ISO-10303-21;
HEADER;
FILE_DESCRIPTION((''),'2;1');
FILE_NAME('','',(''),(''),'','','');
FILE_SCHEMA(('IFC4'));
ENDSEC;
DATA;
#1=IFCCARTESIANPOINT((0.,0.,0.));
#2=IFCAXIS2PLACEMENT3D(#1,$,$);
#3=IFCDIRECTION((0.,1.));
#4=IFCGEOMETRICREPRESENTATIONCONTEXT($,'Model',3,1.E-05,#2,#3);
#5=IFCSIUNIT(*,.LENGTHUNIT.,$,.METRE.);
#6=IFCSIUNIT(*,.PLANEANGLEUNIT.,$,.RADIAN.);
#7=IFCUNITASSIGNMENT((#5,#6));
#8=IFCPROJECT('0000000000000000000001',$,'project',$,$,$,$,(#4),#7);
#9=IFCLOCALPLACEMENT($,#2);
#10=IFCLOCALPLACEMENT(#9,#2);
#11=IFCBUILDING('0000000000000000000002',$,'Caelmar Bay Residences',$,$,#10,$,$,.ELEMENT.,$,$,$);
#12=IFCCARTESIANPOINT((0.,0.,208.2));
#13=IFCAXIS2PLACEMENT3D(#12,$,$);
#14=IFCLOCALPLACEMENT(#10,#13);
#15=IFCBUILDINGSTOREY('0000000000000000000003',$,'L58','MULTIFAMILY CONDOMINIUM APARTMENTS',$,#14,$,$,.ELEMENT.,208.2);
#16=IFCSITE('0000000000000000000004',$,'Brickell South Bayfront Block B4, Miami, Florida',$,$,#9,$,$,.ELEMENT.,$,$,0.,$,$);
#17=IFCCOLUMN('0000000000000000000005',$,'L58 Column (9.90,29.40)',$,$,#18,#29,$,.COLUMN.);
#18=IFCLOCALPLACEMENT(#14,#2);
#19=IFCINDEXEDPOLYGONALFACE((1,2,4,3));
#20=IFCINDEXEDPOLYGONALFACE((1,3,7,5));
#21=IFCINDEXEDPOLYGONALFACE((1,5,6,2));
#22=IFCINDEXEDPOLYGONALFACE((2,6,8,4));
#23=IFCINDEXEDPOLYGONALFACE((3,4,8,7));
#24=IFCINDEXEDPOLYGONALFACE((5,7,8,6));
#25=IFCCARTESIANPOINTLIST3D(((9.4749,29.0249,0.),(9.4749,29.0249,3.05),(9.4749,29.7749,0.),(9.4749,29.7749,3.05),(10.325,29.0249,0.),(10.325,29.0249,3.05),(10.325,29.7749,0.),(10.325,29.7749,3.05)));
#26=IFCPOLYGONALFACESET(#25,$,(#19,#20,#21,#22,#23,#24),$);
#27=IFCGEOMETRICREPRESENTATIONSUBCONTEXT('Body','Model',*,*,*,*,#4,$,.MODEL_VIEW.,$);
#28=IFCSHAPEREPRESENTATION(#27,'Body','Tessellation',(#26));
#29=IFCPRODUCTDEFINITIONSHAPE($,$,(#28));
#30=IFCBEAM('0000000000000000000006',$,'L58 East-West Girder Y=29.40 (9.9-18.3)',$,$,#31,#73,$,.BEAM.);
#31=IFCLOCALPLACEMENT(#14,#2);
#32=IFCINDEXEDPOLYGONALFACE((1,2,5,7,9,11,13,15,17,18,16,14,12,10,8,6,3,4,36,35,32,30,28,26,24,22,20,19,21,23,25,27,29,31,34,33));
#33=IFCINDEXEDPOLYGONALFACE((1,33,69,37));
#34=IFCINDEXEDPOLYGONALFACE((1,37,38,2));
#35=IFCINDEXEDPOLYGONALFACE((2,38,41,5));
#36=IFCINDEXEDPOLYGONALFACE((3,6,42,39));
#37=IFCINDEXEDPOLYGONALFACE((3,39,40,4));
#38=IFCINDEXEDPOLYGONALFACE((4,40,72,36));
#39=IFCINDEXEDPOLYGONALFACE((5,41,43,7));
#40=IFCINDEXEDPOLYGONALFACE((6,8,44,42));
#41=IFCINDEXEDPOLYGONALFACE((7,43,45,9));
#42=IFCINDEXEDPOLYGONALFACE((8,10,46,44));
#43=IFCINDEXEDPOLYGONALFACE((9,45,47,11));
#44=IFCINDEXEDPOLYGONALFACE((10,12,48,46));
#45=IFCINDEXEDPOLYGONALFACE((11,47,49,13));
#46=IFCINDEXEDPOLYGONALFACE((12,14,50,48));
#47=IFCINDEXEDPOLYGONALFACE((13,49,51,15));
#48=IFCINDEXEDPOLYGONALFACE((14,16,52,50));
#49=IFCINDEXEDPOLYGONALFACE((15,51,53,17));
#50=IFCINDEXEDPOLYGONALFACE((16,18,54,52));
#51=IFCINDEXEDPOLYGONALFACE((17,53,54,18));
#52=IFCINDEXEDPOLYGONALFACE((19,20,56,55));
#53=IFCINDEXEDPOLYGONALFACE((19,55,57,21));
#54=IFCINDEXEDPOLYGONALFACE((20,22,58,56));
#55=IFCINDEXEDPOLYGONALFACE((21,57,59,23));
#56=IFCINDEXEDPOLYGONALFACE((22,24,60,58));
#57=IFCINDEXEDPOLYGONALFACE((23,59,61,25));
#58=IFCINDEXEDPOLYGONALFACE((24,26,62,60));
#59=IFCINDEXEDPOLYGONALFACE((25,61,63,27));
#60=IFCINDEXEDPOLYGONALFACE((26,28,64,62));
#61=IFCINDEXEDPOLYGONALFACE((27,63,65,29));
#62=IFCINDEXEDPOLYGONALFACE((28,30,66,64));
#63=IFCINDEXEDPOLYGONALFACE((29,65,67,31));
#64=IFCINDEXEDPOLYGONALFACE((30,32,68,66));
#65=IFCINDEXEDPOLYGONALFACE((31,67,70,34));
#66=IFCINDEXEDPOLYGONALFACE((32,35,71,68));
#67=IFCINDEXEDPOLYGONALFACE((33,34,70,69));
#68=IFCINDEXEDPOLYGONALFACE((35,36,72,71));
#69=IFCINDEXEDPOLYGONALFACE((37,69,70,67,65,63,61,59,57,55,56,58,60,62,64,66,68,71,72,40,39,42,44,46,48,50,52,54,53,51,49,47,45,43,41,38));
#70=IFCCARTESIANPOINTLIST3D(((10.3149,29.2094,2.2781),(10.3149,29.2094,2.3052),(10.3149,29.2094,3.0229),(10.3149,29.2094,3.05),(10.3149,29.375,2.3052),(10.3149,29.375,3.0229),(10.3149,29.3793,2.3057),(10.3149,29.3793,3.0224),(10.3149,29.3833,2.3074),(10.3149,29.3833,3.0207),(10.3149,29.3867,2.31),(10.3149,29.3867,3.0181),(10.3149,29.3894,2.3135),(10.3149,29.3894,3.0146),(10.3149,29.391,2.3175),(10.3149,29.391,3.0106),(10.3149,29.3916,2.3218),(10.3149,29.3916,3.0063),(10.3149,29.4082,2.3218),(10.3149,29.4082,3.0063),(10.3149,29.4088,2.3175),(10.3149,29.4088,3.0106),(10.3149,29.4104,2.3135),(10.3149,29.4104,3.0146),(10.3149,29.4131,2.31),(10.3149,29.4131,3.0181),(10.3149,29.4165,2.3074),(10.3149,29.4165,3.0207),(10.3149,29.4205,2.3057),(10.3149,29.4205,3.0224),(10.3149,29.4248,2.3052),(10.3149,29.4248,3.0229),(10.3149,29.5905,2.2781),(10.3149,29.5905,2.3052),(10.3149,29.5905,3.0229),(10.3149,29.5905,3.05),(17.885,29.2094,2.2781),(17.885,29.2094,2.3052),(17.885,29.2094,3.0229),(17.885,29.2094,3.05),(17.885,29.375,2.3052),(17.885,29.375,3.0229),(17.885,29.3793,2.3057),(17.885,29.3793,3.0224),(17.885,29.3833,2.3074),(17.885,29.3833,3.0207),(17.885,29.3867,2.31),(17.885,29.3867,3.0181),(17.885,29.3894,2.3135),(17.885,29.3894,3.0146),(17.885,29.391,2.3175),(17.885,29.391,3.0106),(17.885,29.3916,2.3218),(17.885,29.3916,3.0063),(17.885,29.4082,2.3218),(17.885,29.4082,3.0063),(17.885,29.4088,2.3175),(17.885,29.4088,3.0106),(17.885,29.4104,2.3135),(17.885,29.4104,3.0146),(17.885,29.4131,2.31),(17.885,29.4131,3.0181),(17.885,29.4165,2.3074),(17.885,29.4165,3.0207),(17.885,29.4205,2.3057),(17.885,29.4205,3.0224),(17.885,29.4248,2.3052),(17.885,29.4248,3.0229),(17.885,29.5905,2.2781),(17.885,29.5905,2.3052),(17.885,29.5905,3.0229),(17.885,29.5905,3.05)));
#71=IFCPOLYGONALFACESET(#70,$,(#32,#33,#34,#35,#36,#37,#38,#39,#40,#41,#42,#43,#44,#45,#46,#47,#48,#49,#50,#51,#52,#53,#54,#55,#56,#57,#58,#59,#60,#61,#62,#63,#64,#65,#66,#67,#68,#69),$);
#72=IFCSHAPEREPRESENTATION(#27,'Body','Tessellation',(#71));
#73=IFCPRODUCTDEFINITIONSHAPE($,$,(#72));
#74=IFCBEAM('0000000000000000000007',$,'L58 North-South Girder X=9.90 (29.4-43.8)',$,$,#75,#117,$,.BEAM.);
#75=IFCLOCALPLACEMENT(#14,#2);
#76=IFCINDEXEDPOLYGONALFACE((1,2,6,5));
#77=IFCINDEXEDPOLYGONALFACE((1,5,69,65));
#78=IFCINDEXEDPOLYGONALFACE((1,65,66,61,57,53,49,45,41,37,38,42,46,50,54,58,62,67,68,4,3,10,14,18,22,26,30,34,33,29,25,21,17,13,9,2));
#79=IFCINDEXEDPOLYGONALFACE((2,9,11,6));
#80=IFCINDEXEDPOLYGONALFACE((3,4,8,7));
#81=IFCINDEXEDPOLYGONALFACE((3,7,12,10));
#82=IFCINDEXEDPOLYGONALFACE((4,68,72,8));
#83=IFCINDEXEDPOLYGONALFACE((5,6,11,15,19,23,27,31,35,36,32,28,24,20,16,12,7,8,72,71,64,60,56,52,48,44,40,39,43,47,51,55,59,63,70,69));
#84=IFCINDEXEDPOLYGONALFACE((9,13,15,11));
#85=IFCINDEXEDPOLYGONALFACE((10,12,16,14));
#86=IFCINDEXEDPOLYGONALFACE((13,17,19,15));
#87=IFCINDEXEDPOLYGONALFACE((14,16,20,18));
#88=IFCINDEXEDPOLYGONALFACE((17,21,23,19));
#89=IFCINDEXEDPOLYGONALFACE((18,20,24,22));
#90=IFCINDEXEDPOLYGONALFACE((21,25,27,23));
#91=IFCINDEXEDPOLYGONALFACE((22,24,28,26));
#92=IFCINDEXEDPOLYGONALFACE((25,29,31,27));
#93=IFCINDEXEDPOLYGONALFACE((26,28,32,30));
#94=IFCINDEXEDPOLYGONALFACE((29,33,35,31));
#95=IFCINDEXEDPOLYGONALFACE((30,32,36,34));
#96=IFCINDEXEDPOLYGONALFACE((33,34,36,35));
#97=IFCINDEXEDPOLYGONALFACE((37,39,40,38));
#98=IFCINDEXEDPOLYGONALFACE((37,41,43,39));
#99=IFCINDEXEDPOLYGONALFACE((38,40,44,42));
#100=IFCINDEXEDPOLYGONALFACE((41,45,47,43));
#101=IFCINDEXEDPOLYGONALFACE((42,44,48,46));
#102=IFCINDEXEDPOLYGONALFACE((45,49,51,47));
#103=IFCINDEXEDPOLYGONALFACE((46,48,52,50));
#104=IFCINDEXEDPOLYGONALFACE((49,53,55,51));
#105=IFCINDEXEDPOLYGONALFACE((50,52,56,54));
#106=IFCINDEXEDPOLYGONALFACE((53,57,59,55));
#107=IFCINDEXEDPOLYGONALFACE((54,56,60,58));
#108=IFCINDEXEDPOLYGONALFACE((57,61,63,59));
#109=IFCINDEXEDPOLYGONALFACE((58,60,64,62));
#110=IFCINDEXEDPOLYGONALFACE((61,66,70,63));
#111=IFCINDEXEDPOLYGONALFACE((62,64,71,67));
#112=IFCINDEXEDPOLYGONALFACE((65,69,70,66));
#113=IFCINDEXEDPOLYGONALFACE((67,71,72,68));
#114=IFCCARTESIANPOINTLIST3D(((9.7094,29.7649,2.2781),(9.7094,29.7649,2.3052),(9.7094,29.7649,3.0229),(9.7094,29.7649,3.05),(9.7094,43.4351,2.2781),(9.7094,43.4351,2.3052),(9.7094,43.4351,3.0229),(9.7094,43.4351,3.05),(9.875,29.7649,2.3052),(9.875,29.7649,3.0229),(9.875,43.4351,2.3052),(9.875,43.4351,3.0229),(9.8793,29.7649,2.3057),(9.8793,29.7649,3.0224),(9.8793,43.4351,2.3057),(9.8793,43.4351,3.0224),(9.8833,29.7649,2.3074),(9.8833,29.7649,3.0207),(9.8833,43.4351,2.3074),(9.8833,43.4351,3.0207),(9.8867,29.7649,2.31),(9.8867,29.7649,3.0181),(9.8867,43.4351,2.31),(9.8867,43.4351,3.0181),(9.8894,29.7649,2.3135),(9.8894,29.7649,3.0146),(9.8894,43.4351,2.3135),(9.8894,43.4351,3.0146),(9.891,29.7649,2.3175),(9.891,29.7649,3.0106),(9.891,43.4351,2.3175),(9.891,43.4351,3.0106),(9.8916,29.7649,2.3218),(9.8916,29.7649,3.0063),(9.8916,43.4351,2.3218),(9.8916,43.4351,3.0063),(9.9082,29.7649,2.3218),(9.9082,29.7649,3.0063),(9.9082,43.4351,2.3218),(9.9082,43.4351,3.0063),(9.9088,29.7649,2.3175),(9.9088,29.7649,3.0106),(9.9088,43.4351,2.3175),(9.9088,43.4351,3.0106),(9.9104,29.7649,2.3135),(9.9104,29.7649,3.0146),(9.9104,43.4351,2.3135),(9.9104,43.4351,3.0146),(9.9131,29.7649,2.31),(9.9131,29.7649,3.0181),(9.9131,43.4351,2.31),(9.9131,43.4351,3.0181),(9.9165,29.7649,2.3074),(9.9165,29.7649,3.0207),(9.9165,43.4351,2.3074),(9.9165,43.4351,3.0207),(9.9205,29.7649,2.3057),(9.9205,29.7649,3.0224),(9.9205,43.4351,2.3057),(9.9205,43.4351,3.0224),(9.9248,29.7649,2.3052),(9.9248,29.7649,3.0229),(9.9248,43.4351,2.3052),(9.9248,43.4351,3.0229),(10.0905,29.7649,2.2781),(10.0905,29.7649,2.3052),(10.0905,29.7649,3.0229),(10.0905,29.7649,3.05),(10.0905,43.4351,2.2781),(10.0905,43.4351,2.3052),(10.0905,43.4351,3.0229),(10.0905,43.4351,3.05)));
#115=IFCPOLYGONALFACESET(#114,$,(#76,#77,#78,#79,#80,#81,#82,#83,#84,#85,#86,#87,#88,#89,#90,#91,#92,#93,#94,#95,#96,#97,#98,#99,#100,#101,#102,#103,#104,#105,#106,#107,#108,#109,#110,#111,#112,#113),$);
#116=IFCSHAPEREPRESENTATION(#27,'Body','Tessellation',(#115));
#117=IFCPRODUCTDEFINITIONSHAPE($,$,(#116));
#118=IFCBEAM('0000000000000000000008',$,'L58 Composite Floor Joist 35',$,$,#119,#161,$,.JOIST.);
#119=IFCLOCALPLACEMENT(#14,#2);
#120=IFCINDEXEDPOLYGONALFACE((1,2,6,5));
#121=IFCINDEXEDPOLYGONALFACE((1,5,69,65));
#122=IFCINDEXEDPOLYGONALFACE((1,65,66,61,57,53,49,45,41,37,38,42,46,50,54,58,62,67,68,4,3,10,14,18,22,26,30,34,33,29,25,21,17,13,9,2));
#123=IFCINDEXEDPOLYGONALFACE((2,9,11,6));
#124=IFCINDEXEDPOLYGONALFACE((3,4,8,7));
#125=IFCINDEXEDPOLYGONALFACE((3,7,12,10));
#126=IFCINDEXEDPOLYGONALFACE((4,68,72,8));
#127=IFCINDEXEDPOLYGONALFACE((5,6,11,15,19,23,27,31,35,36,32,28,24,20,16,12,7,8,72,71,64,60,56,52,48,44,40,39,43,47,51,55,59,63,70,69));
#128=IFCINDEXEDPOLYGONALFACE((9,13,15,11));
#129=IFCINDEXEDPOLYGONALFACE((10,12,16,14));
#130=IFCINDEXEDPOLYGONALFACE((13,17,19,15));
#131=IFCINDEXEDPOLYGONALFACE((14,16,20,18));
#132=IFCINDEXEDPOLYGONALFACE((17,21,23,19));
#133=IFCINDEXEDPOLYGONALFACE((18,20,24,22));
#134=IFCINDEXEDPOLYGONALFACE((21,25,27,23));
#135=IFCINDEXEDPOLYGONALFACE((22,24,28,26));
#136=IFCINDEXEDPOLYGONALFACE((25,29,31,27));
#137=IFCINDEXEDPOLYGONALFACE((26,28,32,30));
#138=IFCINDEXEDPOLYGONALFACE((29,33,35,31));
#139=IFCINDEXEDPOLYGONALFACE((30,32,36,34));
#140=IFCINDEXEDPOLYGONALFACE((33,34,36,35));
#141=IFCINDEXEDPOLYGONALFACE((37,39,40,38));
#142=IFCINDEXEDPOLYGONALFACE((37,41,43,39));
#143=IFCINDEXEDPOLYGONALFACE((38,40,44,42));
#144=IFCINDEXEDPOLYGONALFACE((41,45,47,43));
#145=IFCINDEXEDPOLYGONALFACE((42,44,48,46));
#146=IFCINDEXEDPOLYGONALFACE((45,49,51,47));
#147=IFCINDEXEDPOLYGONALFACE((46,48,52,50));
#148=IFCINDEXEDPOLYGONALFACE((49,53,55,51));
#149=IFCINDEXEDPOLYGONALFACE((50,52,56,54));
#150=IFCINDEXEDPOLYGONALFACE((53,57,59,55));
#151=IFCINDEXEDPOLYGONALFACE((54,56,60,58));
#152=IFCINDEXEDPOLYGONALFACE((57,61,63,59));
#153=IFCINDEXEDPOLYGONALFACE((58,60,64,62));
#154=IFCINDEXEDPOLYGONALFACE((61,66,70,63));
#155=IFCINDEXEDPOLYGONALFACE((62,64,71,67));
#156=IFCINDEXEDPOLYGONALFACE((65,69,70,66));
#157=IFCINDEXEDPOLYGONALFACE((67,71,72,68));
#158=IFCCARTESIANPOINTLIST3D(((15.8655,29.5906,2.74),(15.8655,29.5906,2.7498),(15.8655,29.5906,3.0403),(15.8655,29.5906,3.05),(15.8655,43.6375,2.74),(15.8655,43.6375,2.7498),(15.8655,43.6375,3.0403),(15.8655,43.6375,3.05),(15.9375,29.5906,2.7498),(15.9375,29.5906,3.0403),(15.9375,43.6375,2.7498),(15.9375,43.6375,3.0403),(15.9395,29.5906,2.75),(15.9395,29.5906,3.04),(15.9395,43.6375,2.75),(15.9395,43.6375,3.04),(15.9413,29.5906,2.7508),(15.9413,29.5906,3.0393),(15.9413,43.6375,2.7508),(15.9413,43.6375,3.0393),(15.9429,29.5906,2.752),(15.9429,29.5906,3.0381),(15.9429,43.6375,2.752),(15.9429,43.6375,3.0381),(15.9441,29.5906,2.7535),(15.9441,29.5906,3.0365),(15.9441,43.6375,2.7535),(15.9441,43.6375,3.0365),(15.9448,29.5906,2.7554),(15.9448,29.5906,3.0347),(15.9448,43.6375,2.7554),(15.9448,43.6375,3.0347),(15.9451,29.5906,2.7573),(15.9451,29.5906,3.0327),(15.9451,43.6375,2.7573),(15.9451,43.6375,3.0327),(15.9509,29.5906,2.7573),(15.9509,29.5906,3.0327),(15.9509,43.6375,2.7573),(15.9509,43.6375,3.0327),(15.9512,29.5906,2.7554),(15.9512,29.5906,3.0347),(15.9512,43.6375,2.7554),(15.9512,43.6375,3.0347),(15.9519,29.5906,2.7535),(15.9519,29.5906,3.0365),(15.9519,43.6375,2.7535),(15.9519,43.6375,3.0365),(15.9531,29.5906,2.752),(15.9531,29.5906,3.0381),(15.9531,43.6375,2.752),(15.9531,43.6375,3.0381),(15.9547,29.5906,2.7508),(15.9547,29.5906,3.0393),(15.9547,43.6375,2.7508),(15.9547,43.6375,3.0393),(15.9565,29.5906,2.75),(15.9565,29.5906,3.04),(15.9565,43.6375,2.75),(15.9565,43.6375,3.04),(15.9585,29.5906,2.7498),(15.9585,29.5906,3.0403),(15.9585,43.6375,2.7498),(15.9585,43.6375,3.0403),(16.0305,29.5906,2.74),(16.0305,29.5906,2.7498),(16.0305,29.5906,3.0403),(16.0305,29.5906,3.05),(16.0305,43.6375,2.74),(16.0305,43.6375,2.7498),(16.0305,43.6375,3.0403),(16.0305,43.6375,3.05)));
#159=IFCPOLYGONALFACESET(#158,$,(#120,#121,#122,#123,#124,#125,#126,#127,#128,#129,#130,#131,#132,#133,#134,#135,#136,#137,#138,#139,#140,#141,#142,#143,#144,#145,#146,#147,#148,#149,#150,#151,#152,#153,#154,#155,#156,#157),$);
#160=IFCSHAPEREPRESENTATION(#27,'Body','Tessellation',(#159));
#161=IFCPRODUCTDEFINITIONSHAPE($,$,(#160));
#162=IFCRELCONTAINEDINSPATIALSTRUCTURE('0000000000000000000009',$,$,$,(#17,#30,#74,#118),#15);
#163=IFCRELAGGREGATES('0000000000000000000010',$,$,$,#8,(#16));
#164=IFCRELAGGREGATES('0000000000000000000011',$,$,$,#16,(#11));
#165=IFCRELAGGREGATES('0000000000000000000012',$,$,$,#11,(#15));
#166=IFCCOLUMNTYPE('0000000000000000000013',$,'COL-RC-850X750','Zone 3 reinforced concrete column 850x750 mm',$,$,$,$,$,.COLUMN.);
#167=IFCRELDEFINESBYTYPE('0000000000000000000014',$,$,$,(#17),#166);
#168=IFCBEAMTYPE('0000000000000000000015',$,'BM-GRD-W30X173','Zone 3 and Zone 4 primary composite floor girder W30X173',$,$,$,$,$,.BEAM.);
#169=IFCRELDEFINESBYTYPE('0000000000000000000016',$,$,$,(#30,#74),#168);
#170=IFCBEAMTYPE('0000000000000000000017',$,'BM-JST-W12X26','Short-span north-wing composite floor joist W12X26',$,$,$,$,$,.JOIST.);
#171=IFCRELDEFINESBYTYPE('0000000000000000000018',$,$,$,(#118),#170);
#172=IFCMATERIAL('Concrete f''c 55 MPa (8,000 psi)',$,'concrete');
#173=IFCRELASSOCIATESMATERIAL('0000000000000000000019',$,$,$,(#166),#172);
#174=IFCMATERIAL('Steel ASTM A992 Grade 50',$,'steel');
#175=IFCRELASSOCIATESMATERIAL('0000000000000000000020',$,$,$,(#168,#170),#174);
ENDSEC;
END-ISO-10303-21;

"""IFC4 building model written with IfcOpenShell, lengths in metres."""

from ifc_helpers import new_model, si_unit, direction, frame, origin, origin_2d, place, context, subcontext, project, spatial, rectangle, i_section, extrude, material, material_profile, profile_set, type_object, element, save


model = new_model("IFC4")

# Units and contexts
model_context = context("Model", 3, precision=1e-05, world=origin(), true_north=direction((0.0, 1.0)))
body_context = subcontext(model_context, "Body", "Model", "MODEL_VIEW")
ifc_project = project(units=[si_unit("LENGTHUNIT", "METRE"), si_unit("PLANEANGLEUNIT", "RADIAN")], contexts=[model_context])

# Site, building, storey
site_placement = place(None, origin())
site = spatial("IfcSite", under=ifc_project, at=site_placement, Name="Brickell South Bayfront Block B4, Miami, Florida", CompositionType="ELEMENT", RefElevation=0.0)
building_placement = place(site_placement, origin())
building = spatial("IfcBuilding", under=site, at=building_placement, Name="Caelmar Bay Residences", CompositionType="ELEMENT")
storey_placement = place(building_placement, frame((0.0, 0.0, 208.2)))
storey = spatial("IfcBuildingStorey", under=building, at=storey_placement, Name="L58", Description="MULTIFAMILY CONDOMINIUM APARTMENTS", CompositionType="ELEMENT", Elevation=208.2)

# Column
ifc_material_1 = material(Name="Concrete f'c 55 MPa (8,000 psi)", Category="concrete")
ifc_material_profile_1 = material_profile(ifc_material_1, rectangle(XDim=0.8501, YDim=0.75, at=origin_2d()), Name="RC-COL-850X750")
ifc_profile_set_1 = profile_set([ifc_material_profile_1], Name="Concrete f'c 55 MPa (8,000 psi)")
column_type = type_object("IfcColumnType", Name="COL-RC-850X750", Description="Zone 3 reinforced concrete column 850x750 mm", PredefinedType="COLUMN", material=ifc_profile_set_1)
column_placement = place(storey_placement, frame((9.8999, 29.3999, 0.0), z_axis=(0.0, 0.0, 1.0), x_axis=(1.0, 0.0, 0.0)))
element("IfcColumn", 1, at=column_placement, inside=storey, type_object=column_type, Name="L58 Column (9.90,29.40)", PredefinedType="COLUMN", context=body_context, shape_type="SweptSolid", body=[
    extrude(rectangle(XDim=0.8501, YDim=0.75, at=origin_2d()), origin(), (0.0, 0.0, 1.0), 3.05),
])

# Beams
ifc_material_2 = material(Name="Steel ASTM A992 Grade 50", Category="steel")
ifc_material_profile_2 = material_profile(ifc_material_2, i_section(OverallWidth=0.3811, OverallDepth=0.772, WebThickness=0.0166, FlangeThickness=0.0271, FilletRadius=0.0166, at=origin_2d()), Name="W30X173")
ifc_profile_set_2 = profile_set([ifc_material_profile_2], Name="Steel ASTM A992 Grade 50")
beam_type_1 = type_object("IfcBeamType", Name="BM-GRD-W30X173", Description="Zone 3 and Zone 4 primary composite floor girder W30X173", PredefinedType="BEAM", material=ifc_profile_set_2)
beam_1_placement = place(storey_placement, frame((10.3149, 29.3999, 2.6641), z_axis=(1.0, 0.0, 0.0), x_axis=(0.0, 1.0, 0.0)))
element("IfcBeam", 2, at=beam_1_placement, inside=storey, type_object=beam_type_1, Name="L58 East-West Girder Y=29.40 (9.9-18.3)", PredefinedType="BEAM", context=body_context, shape_type="SweptSolid", body=[
    extrude(i_section(OverallWidth=0.3811, OverallDepth=0.772, WebThickness=0.0166, FlangeThickness=0.0271, FilletRadius=0.0166, at=origin_2d()), origin(), (0.0, 0.0, 1.0), 7.5701),
])
beam_2_placement = place(storey_placement, frame((9.8999, 29.7649, 2.6641), z_axis=(0.0, 1.0, 0.0), x_axis=(-1.0, 0.0, 0.0)))
element("IfcBeam", 3, at=beam_2_placement, inside=storey, type_object=beam_type_1, Name="L58 North-South Girder X=9.90 (29.4-43.8)", PredefinedType="BEAM", context=body_context, shape_type="SweptSolid", body=[
    extrude(i_section(OverallWidth=0.3811, OverallDepth=0.772, WebThickness=0.0166, FlangeThickness=0.0271, FilletRadius=0.0166, at=origin_2d()), origin(), (0.0, 0.0, 1.0), 13.6702),
])
ifc_material_profile_3 = material_profile(ifc_material_2, i_section(OverallWidth=0.165, OverallDepth=0.3101, WebThickness=0.0059, FlangeThickness=0.0098, FilletRadius=0.0076, at=origin_2d()), Name="W12X26")
ifc_profile_set_3 = profile_set([ifc_material_profile_3], Name="Steel ASTM A992 Grade 50")
beam_type_2 = type_object("IfcBeamType", Name="BM-JST-W12X26", Description="Short-span north-wing composite floor joist W12X26", PredefinedType="JOIST", material=ifc_profile_set_3)
beam_3_placement = place(storey_placement, frame((15.948, 29.5906, 2.895), z_axis=(0.0, 1.0, 0.0), x_axis=(-1.0, 0.0, 0.0)))
element("IfcBeam", 4, at=beam_3_placement, inside=storey, type_object=beam_type_2, Name="L58 Composite Floor Joist 35", PredefinedType="JOIST", context=body_context, shape_type="SweptSolid", body=[
    extrude(i_section(OverallWidth=0.165, OverallDepth=0.3101, WebThickness=0.0059, FlangeThickness=0.0098, FilletRadius=0.0076, at=origin_2d()), origin(), (0.0, 0.0, 1.0), 14.0469),
])

save(model, "model.ifc")
